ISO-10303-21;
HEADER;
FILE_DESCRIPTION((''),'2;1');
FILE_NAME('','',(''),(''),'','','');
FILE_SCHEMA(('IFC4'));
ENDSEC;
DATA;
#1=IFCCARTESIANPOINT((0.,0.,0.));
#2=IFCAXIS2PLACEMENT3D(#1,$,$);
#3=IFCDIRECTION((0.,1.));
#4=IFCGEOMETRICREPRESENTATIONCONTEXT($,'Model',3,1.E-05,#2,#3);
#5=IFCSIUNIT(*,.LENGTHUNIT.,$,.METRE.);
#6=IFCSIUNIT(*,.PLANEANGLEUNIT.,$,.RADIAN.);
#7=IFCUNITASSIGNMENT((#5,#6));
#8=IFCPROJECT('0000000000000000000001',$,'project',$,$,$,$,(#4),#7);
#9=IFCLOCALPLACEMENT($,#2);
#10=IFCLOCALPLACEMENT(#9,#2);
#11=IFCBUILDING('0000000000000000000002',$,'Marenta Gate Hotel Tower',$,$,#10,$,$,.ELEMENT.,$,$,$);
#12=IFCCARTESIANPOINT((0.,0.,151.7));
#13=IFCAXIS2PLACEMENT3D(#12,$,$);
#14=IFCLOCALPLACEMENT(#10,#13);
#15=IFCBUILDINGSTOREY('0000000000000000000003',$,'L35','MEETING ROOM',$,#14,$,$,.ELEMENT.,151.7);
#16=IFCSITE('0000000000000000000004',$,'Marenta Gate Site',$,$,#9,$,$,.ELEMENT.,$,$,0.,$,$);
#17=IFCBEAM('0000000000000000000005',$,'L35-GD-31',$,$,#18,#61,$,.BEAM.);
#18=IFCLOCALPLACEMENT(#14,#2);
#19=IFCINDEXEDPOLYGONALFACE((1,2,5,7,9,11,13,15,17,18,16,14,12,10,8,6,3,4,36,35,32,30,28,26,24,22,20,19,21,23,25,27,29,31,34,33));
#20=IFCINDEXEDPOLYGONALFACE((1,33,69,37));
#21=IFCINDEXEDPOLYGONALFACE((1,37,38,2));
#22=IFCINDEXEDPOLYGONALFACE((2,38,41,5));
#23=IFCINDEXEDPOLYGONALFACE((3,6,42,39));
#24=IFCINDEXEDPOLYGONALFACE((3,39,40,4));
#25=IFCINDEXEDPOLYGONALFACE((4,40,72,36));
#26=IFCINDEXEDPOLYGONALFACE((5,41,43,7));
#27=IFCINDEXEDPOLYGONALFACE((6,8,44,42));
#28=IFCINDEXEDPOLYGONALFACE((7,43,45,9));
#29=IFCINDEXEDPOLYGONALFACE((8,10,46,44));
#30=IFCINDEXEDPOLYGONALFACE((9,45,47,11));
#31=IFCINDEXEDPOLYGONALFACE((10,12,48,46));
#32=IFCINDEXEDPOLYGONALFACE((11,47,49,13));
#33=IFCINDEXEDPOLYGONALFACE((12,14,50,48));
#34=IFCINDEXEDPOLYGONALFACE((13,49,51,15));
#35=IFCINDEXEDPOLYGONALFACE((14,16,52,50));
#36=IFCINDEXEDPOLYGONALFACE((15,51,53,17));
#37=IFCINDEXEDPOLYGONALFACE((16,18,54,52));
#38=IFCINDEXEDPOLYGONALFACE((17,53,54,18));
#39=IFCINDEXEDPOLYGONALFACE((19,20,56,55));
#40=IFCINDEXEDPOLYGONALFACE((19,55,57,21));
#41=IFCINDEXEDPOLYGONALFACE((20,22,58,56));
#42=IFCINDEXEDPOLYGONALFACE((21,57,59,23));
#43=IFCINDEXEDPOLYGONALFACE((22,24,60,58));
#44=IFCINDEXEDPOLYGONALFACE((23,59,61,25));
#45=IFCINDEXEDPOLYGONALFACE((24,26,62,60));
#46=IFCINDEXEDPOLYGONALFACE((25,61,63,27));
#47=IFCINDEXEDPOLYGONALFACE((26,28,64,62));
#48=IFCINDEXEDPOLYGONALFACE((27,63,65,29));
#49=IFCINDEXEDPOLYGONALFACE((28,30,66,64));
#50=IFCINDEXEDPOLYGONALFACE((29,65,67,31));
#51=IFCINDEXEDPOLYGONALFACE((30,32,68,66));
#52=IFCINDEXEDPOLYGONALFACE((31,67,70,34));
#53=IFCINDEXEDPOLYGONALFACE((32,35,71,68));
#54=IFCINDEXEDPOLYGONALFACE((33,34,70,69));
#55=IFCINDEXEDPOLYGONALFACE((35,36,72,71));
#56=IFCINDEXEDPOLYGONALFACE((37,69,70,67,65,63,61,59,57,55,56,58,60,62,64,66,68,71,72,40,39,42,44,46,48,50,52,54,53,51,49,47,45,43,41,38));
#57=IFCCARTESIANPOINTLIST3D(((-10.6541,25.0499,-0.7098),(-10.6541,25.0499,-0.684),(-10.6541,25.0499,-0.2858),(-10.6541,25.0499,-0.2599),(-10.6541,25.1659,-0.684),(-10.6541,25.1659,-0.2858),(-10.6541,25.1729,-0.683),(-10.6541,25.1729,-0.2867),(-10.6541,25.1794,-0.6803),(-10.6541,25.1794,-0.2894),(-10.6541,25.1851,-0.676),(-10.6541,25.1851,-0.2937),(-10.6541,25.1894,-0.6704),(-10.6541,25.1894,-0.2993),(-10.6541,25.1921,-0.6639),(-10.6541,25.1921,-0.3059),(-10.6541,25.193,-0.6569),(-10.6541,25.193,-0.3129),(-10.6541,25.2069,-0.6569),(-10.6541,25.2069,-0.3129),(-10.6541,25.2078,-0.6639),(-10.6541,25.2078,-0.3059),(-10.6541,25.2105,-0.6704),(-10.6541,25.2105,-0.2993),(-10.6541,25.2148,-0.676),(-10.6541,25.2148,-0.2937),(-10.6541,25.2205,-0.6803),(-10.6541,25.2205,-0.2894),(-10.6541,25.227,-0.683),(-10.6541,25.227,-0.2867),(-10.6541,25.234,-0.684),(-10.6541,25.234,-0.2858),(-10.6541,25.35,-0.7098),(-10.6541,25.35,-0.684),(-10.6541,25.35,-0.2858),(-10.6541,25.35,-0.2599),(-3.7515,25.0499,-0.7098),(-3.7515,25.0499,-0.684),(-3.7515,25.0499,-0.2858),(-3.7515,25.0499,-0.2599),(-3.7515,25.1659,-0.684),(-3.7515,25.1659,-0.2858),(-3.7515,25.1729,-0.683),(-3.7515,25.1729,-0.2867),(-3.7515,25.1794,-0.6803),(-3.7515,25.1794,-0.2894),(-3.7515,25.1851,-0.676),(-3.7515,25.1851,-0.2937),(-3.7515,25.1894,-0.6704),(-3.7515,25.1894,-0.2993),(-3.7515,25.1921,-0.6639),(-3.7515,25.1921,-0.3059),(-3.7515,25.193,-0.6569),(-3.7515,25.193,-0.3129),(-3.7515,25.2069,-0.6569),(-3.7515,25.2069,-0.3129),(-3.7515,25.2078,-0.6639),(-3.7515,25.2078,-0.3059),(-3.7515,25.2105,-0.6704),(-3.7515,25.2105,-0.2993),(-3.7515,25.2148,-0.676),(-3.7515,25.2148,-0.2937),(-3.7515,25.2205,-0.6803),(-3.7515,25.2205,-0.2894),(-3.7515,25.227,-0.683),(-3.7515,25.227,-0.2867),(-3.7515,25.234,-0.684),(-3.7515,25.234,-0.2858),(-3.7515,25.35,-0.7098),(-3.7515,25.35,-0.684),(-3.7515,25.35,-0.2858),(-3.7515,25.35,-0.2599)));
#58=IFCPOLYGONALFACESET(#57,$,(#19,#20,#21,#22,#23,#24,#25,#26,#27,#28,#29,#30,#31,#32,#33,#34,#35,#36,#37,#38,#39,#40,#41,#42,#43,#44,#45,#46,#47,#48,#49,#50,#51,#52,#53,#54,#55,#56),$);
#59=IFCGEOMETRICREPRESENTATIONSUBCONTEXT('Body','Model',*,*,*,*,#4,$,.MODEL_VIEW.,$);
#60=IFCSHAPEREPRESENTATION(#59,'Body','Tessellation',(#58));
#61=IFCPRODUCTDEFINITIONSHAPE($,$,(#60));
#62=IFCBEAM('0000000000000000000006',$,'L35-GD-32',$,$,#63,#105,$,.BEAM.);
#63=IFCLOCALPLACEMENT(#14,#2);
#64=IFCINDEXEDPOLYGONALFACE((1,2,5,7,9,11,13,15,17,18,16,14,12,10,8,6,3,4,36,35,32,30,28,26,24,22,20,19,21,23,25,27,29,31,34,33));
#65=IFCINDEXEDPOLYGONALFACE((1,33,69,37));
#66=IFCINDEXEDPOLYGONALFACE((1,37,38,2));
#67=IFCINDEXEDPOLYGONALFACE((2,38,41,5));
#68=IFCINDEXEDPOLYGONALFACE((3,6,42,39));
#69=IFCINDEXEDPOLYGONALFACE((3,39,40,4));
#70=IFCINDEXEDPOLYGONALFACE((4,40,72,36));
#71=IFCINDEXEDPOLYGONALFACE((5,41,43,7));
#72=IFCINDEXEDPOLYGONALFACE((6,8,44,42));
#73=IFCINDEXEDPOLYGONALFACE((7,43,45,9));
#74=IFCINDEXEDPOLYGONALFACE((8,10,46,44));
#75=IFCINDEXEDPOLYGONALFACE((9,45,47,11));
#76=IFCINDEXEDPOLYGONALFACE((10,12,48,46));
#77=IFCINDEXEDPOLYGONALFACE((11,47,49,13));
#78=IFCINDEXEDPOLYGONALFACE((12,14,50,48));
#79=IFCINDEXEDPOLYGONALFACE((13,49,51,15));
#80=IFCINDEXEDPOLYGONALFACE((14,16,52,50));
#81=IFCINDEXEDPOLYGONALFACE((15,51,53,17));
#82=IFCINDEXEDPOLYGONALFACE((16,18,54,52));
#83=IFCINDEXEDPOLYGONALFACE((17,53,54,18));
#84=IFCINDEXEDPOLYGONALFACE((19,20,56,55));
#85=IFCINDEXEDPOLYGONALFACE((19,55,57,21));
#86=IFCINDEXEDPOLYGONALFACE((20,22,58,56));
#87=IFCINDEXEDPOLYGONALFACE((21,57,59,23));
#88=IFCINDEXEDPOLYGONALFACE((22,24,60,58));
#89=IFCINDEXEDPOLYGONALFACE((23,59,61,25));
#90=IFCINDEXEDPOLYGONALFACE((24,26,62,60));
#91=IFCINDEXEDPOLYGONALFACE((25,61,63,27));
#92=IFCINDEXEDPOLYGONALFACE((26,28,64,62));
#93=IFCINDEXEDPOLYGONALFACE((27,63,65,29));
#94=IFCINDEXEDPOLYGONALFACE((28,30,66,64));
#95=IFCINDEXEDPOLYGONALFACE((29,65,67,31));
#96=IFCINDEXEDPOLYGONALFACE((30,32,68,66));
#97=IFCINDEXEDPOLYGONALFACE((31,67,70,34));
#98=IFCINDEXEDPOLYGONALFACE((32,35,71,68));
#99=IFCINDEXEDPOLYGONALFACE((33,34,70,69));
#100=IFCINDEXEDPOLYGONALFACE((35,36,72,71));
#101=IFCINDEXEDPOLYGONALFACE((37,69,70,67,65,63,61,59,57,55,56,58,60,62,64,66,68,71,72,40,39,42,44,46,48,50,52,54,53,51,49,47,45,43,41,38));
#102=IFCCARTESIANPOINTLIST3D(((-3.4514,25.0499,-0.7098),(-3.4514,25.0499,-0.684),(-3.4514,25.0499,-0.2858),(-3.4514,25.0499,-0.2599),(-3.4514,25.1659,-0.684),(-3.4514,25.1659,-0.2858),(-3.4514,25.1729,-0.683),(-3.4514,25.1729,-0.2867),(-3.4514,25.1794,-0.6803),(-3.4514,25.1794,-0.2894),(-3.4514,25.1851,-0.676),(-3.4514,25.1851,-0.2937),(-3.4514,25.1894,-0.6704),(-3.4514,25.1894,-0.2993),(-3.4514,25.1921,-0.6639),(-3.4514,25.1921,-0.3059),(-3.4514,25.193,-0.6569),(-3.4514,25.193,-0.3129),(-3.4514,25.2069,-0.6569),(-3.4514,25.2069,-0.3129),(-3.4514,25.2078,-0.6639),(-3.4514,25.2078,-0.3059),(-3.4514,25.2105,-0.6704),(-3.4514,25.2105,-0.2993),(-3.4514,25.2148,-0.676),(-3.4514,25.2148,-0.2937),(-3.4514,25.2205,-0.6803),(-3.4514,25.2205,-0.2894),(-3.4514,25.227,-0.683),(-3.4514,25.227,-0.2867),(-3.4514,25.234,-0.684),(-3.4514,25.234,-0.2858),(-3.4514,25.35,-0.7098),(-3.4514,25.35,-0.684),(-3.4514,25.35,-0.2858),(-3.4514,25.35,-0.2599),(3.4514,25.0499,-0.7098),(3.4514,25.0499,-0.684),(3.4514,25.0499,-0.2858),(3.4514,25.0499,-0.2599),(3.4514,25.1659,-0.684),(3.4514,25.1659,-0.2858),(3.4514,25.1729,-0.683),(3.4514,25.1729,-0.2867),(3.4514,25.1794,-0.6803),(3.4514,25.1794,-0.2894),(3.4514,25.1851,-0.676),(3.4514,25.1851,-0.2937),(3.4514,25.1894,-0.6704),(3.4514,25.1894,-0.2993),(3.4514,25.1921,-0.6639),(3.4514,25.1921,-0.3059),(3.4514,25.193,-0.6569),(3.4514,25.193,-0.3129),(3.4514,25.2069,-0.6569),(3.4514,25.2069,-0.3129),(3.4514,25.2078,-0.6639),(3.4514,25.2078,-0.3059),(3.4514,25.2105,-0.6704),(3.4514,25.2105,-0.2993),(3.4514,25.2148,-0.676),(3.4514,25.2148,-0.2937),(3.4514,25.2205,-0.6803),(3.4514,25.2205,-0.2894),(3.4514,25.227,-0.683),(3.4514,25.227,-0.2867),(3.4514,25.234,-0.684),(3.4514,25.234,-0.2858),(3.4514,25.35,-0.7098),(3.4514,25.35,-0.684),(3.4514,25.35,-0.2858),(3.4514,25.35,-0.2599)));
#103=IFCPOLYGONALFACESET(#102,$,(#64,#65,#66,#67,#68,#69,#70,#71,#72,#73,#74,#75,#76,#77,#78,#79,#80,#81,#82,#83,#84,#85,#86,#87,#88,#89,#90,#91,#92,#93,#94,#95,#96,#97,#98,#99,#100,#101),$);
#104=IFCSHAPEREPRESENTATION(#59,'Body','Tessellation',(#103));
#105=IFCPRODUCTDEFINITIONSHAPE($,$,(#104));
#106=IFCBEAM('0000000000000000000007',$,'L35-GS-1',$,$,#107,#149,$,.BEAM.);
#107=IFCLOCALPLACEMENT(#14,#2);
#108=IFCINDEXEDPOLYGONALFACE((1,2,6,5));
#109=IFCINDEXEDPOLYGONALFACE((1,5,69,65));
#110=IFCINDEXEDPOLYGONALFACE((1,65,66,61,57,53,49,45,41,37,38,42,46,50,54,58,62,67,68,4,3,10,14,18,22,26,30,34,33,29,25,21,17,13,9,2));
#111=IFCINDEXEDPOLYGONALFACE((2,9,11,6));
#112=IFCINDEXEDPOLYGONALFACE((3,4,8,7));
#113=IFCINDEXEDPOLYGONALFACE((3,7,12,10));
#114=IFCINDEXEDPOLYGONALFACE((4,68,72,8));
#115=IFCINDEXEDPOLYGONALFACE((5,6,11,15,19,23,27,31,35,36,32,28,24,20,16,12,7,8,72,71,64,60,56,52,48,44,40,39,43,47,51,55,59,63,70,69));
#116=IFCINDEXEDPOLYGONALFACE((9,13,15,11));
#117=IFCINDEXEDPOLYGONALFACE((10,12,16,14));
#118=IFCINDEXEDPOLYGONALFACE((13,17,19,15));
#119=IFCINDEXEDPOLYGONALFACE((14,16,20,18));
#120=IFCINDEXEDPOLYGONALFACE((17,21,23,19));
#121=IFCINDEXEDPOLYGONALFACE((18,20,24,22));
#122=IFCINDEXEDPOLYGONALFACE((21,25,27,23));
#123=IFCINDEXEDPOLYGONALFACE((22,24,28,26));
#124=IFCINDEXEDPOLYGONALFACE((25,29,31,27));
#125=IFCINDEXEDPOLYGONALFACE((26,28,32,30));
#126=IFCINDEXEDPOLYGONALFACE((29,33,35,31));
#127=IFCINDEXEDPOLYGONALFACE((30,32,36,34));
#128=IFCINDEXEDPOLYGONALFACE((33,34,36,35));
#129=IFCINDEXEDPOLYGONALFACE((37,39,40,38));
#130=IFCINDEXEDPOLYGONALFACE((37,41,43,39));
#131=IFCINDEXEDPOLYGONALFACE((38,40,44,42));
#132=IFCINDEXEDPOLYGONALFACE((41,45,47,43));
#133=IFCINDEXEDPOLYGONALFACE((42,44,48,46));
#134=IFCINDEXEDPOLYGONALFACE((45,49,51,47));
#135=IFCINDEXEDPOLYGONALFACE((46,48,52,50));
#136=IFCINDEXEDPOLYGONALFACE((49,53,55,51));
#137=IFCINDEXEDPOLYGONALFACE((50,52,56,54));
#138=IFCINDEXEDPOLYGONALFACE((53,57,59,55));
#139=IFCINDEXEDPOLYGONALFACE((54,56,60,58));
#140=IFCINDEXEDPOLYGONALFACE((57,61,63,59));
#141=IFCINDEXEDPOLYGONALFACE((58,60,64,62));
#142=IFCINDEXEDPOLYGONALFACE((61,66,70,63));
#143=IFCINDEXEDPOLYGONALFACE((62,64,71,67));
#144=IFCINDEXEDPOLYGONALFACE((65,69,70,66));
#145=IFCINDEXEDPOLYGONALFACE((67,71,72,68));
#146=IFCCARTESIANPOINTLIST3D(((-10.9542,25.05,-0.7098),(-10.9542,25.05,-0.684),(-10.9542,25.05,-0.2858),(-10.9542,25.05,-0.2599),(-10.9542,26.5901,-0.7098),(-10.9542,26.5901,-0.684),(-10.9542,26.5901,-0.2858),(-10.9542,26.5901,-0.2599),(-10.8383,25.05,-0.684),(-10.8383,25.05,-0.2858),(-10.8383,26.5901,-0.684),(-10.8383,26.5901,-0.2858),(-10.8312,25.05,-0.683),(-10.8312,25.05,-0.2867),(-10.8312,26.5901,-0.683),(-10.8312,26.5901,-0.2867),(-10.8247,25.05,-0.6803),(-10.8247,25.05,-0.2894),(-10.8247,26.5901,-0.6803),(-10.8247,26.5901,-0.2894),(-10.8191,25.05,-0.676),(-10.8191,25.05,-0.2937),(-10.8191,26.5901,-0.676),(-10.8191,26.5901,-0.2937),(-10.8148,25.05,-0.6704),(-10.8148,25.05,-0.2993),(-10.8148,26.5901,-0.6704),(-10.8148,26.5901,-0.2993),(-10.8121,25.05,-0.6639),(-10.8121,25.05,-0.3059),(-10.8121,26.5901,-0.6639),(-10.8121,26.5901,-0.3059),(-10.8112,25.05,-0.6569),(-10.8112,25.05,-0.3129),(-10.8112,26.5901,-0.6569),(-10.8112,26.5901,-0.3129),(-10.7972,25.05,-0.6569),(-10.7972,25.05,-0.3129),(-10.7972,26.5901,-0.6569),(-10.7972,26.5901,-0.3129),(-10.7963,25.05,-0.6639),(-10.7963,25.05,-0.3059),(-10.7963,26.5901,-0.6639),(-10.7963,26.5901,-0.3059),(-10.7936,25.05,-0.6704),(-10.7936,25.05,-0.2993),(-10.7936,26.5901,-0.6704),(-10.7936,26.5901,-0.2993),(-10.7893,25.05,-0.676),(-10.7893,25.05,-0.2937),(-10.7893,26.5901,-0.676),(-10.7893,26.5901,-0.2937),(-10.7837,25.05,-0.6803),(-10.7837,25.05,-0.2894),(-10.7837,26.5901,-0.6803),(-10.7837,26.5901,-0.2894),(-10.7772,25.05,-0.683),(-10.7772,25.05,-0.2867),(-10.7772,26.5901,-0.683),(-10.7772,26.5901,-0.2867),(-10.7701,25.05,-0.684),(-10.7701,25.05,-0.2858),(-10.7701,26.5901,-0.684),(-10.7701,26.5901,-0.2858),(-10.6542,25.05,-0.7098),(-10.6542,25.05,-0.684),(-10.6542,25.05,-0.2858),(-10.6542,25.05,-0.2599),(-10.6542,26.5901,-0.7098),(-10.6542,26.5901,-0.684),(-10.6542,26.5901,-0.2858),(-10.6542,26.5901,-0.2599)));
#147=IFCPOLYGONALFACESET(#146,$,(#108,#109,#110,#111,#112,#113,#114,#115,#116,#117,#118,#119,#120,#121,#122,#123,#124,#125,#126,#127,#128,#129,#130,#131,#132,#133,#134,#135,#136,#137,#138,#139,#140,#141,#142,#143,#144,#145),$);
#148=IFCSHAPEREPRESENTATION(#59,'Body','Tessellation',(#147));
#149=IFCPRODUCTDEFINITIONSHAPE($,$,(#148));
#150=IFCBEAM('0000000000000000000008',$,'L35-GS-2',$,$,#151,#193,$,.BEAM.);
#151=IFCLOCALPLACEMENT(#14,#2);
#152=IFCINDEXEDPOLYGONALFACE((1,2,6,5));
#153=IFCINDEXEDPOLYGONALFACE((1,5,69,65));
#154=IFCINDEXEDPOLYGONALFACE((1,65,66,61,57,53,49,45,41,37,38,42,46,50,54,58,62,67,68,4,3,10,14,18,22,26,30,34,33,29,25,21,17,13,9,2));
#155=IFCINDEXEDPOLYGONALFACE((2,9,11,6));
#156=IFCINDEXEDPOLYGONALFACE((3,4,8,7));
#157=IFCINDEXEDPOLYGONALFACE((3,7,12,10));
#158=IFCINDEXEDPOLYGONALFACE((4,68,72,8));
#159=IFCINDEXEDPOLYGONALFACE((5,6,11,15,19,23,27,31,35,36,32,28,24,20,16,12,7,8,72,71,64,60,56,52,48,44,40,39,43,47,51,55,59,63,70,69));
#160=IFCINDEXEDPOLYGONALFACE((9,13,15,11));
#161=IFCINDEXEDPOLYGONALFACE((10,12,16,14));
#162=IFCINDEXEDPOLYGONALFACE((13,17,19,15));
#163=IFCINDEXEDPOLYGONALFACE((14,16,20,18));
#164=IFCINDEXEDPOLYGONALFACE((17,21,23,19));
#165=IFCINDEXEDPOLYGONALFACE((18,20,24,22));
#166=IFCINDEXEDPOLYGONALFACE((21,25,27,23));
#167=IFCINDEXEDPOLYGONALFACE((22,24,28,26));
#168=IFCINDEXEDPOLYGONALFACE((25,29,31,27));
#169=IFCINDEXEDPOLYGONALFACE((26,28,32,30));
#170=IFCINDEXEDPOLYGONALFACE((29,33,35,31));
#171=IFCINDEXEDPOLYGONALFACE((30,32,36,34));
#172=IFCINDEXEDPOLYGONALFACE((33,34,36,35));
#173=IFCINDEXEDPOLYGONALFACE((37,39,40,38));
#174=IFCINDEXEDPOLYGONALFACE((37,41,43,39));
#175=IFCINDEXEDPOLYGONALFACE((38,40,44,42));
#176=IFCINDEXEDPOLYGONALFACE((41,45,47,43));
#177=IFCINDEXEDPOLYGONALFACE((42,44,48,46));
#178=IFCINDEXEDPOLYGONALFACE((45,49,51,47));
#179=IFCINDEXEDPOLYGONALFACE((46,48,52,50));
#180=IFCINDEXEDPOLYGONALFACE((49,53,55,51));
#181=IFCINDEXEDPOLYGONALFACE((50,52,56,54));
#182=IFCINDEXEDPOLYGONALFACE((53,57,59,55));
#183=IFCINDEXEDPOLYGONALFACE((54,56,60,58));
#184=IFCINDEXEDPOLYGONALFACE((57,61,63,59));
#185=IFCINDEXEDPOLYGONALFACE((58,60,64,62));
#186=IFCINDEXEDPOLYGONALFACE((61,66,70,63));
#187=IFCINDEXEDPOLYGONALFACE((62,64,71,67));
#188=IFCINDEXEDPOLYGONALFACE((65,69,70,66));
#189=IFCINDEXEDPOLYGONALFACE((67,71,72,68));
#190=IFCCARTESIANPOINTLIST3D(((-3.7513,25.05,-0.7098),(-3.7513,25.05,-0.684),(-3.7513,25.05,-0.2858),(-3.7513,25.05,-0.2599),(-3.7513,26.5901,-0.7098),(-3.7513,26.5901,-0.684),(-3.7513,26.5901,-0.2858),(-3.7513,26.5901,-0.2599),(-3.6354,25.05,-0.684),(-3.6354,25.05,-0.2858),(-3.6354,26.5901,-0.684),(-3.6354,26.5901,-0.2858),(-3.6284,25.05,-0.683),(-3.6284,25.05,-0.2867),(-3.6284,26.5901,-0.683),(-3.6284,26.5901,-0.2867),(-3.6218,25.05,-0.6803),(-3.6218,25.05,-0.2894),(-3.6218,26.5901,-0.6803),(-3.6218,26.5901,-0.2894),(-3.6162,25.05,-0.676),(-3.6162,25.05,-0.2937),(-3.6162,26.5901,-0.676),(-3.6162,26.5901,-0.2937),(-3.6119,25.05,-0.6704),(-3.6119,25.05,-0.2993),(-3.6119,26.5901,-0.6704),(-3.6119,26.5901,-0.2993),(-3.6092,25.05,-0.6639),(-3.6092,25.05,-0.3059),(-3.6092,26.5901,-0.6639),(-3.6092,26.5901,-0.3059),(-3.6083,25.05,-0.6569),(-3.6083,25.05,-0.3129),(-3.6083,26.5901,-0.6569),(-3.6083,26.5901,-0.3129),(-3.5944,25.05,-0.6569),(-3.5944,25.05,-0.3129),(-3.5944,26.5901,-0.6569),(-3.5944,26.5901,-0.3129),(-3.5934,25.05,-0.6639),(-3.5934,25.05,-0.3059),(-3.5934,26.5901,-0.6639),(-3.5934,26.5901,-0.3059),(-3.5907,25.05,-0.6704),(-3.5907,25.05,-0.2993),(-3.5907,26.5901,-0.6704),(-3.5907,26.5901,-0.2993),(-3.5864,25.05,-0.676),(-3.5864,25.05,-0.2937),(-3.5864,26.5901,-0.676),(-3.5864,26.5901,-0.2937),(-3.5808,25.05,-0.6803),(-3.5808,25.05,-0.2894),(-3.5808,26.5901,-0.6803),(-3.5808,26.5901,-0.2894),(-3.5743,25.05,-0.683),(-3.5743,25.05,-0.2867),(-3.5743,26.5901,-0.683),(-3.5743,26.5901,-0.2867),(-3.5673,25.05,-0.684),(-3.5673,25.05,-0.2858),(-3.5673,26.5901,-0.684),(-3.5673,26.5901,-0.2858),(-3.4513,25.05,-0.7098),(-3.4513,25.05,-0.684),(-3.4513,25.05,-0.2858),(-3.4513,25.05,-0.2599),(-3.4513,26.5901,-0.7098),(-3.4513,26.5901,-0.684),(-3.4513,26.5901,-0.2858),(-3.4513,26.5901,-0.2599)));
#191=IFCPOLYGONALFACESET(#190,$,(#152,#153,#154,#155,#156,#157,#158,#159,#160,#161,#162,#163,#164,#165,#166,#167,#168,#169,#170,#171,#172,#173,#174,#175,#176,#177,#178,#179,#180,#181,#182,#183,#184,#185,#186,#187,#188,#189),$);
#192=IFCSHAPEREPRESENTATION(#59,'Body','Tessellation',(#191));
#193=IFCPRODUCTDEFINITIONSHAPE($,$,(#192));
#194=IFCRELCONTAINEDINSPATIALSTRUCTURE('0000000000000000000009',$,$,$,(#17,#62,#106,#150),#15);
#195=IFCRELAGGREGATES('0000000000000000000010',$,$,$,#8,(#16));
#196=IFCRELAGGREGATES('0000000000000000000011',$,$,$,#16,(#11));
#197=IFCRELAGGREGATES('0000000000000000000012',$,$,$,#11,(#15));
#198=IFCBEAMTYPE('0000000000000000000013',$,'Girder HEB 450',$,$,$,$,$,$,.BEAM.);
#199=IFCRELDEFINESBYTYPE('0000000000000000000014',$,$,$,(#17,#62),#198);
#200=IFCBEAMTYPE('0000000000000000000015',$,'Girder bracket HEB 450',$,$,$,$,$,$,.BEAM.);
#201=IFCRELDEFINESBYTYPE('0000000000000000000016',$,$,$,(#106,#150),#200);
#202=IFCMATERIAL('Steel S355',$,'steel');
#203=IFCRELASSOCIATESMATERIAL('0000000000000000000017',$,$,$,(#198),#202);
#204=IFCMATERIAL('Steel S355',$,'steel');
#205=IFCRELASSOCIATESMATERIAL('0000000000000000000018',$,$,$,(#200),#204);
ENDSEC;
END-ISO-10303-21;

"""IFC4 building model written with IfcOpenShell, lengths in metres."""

from ifc_helpers import new_model, si_unit, direction, frame, origin, origin_2d, place, context, subcontext, project, spatial, i_section, extrude, material, material_profile, profile_set, type_object, element, save


model = new_model("IFC4")

# Units and contexts
model_context = context("Model", 3, precision=1e-05, world=origin(), true_north=direction((0.0, 1.0)))
body_context = subcontext(model_context, "Body", "Model", "MODEL_VIEW")
ifc_project = project(units=[si_unit("LENGTHUNIT", "METRE"), si_unit("PLANEANGLEUNIT", "RADIAN")], contexts=[model_context])

# Site, building, storey
site_placement = place(None, origin())
site = spatial("IfcSite", under=ifc_project, at=site_placement, Name="Marenta Gate Site", CompositionType="ELEMENT", RefElevation=0.0)
building_placement = place(site_placement, origin())
building = spatial("IfcBuilding", under=site, at=building_placement, Name="Marenta Gate Hotel Tower", CompositionType="ELEMENT")
storey_placement = place(building_placement, frame((0.0, 0.0, 151.7)))
storey = spatial("IfcBuildingStorey", under=building, at=storey_placement, Name="L35", Description="MEETING ROOM", CompositionType="ELEMENT", Elevation=151.7)

# Beams
ifc_material_1 = material(Name="Steel S355", Category="steel")
ifc_material_profile_1 = material_profile(ifc_material_1, i_section(OverallWidth=0.3, OverallDepth=0.45, WebThickness=0.0139, FlangeThickness=0.0259, FilletRadius=0.0271, at=origin_2d()), Name="HEB 450")
ifc_profile_set_1 = profile_set([ifc_material_profile_1], Name="Steel S355")
beam_type_1 = type_object("IfcBeamType", Name="Girder HEB 450", PredefinedType="BEAM", material=ifc_profile_set_1)
beam_1_placement = place(storey_placement, frame((-10.6541, 25.2, -0.4849), z_axis=(1.0, 0.0, 0.0), x_axis=(0.0, 1.0, 0.0)))
element("IfcBeam", 1, at=beam_1_placement, inside=storey, type_object=beam_type_1, Name="L35-GD-31", PredefinedType="BEAM", context=body_context, shape_type="SweptSolid", body=[
    extrude(i_section(OverallWidth=0.3, OverallDepth=0.45, WebThickness=0.0139, FlangeThickness=0.0259, FilletRadius=0.0271, at=origin_2d()), origin(), (0.0, 0.0, 1.0), 6.9026),
])
beam_2_placement = place(storey_placement, frame((-3.4514, 25.2, -0.4849), z_axis=(1.0, 0.0, 0.0), x_axis=(0.0, 1.0, 0.0)))
element("IfcBeam", 2, at=beam_2_placement, inside=storey, type_object=beam_type_1, Name="L35-GD-32", PredefinedType="BEAM", context=body_context, shape_type="SweptSolid", body=[
    extrude(i_section(OverallWidth=0.3, OverallDepth=0.45, WebThickness=0.0139, FlangeThickness=0.0259, FilletRadius=0.0271, at=origin_2d()), origin(), (0.0, 0.0, 1.0), 6.9028),
])
ifc_material_2 = material(Name="Steel S355", Category="steel")
ifc_material_profile_2 = material_profile(ifc_material_2, i_section(OverallWidth=0.3, OverallDepth=0.45, WebThickness=0.0139, FlangeThickness=0.0259, FilletRadius=0.0271, at=origin_2d()), Name="HEB 450")
ifc_profile_set_2 = profile_set([ifc_material_profile_2], Name="Steel S355")
beam_type_2 = type_object("IfcBeamType", Name="Girder bracket HEB 450", PredefinedType="BEAM", material=ifc_profile_set_2)
for number, where, z_axis, x_axis, name in (
    (3, (-10.8042, 25.05, -0.4849), (0.0, 1.0, 0.0), (-1.0, 0.0, 0.0), "L35-GS-1"),
    (4, (-3.6013, 25.05, -0.4849), (0.0, 1.0, 0.0), (-1.0, 0.0, 0.0), "L35-GS-2"),
):
    element("IfcBeam", number, at=place(storey_placement, frame(where, z_axis=z_axis, x_axis=x_axis)), inside=storey, type_object=beam_type_2, Name=name, PredefinedType="BEAM", context=body_context, shape_type="SweptSolid", body=[
        extrude(i_section(OverallWidth=0.3, OverallDepth=0.45, WebThickness=0.0139, FlangeThickness=0.0259, FilletRadius=0.0271, at=origin_2d()), origin(), (0.0, 0.0, 1.0), 1.54),
    ])

save(model, "model.ifc")
